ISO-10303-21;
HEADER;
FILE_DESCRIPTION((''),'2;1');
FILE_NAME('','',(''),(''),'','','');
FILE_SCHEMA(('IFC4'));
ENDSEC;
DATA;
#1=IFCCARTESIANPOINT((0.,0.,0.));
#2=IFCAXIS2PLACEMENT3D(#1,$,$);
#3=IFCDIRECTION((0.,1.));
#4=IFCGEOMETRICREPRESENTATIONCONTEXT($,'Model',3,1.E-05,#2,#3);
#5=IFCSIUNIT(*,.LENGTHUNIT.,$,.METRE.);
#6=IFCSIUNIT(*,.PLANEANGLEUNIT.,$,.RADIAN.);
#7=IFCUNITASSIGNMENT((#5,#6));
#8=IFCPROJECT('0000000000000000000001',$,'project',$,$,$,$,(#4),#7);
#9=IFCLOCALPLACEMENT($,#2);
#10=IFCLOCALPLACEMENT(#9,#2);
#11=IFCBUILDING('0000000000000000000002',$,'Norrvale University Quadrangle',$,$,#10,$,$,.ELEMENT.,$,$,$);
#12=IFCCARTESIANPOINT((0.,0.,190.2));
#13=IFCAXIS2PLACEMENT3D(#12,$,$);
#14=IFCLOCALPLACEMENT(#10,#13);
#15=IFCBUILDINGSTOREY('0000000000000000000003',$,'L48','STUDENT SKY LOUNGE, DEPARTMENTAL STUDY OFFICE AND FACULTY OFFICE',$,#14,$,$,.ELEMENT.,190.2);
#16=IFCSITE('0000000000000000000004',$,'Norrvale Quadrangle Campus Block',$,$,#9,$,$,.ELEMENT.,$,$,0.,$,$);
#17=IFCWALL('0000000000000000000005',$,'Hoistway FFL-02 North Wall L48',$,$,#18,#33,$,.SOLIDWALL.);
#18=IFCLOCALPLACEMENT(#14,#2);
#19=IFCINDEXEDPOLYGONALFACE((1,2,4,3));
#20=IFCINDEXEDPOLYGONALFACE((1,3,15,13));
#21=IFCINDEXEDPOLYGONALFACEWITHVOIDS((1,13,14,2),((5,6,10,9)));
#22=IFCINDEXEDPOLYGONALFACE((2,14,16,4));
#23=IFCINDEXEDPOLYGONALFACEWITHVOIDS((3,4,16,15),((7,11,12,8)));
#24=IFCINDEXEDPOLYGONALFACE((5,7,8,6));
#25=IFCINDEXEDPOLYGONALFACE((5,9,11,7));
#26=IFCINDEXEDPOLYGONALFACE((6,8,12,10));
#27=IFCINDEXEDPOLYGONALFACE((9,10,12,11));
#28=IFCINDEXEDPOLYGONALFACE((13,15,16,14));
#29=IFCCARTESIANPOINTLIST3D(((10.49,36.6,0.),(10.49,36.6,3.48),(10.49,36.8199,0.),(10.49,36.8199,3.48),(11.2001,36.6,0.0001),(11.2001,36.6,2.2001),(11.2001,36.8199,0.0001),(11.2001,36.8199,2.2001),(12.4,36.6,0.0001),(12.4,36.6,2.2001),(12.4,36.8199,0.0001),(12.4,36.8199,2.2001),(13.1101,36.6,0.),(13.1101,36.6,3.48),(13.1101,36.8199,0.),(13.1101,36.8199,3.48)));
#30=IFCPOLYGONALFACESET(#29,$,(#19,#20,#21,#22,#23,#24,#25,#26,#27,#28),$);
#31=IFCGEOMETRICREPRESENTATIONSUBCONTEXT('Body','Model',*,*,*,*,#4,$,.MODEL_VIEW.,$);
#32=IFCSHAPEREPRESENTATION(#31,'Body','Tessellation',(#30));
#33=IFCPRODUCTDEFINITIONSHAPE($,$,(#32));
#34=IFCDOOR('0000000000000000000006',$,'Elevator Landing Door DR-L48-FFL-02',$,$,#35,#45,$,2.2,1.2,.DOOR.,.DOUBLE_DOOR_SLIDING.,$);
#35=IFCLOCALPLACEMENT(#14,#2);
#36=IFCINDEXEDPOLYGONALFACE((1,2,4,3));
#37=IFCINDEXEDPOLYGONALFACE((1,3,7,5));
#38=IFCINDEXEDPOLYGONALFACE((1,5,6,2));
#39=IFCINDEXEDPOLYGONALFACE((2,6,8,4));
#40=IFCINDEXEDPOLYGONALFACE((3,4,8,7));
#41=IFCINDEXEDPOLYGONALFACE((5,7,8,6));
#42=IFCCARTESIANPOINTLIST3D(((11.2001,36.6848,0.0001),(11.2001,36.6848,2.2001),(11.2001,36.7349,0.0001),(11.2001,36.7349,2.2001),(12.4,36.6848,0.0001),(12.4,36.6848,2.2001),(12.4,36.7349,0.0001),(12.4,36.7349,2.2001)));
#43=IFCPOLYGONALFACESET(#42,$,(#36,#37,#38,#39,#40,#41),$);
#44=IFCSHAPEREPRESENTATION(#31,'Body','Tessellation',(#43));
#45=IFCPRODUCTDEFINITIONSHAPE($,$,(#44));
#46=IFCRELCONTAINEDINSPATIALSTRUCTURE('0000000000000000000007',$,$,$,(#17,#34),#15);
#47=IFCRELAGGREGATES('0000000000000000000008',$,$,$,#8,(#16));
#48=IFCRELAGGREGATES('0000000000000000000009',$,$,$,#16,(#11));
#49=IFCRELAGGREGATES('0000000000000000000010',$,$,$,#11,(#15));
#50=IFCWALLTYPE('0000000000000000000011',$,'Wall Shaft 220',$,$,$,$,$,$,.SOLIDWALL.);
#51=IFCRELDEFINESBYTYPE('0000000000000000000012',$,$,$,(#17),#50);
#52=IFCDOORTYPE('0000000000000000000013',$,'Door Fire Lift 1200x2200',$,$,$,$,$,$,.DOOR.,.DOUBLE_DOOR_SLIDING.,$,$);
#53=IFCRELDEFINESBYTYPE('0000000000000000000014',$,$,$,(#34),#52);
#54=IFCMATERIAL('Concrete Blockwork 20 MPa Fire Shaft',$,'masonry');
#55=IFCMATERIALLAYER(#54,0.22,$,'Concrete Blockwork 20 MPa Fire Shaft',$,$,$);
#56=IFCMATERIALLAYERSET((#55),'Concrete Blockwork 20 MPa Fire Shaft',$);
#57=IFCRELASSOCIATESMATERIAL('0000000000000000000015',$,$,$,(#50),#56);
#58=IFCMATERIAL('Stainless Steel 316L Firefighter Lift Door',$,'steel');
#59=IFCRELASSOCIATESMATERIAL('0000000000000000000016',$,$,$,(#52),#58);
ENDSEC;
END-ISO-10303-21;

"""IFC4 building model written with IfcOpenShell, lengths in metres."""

from ifc_helpers import new_model, si_unit, direction, frame, frame_2d, origin, place, context, subcontext, project, spatial, rectangle, extrude, material, layer, layer_set, type_object, element, fill, save


model = new_model("IFC4")

# Units and contexts
model_context = context("Model", 3, precision=1e-05, world=origin(), true_north=direction((0.0, 1.0)))
body_context = subcontext(model_context, "Body", "Model", "MODEL_VIEW")
ifc_project = project(units=[si_unit("LENGTHUNIT", "METRE"), si_unit("PLANEANGLEUNIT", "RADIAN")], contexts=[model_context])

# Site, building, storey
site_placement = place(None, origin())
site = spatial("IfcSite", under=ifc_project, at=site_placement, Name="Norrvale Quadrangle Campus Block", CompositionType="ELEMENT", RefElevation=0.0)
building_placement = place(site_placement, origin())
building = spatial("IfcBuilding", under=site, at=building_placement, Name="Norrvale University Quadrangle", CompositionType="ELEMENT")
storey_placement = place(building_placement, frame((0.0, 0.0, 190.2)))
storey = spatial("IfcBuildingStorey", under=building, at=storey_placement, Name="L48", Description="STUDENT SKY LOUNGE, DEPARTMENTAL STUDY OFFICE AND FACULTY OFFICE", CompositionType="ELEMENT", Elevation=190.2)

# Shared definitions
ifc_material_1 = material(Name="Concrete Blockwork 20 MPa Fire Shaft", Category="masonry")
ifc_layer_1 = layer(ifc_material_1, 0.22, Name="Concrete Blockwork 20 MPa Fire Shaft")
ifc_layer_set_1 = layer_set([ifc_layer_1], Name="Concrete Blockwork 20 MPa Fire Shaft")
wall_type_1 = type_object("IfcWallType", Name="Wall Shaft 220", PredefinedType="SOLIDWALL", material=ifc_layer_set_1)

# Wall, opening, door
wall_1_placement = place(storey_placement, frame((10.49, 36.71, 0.0), z_axis=(0.0, 0.0, 1.0), x_axis=(1.0, 0.0, 0.0)))
wall_1 = element("IfcWall", 1, at=wall_1_placement, inside=storey, type_object=wall_type_1, Name="Hoistway FFL-02 North Wall L48", PredefinedType="SOLIDWALL", context=body_context, shape_type="SweptSolid", body=[
    extrude(rectangle(XDim=2.6201, YDim=0.22, at=frame_2d((1.3101, 0.0))), origin(), (0.0, 0.0, 1.0), 3.48),
])
opening_1_placement = place(wall_1_placement, frame((0.71, 0.0, 0.0)))
opening_1 = element("IfcOpeningElement", 2, at=opening_1_placement, cuts=wall_1, PredefinedType="OPENING", context=body_context, shape_type="SweptSolid", body=[
    extrude(rectangle(XDim=1.2, YDim=2.2, at=frame_2d((0.6001, 1.1001))), frame((0.0, 0.1221, 0.0), z_axis=(0.0, -1.0, 0.0), x_axis=(1.0, 0.0, 0.0)), (0.0, 0.0, 1.0), 0.2439),
])
ifc_material_2 = material(Name="Stainless Steel 316L Firefighter Lift Door", Category="steel")
door_type_1 = type_object("IfcDoorType", Name="Door Fire Lift 1200x2200", OperationType="DOUBLE_DOOR_SLIDING", PredefinedType="DOOR", material=ifc_material_2)
door_1_placement = place(opening_1_placement, origin())
door_1 = element("IfcDoor", 3, at=door_1_placement, inside=storey, type_object=door_type_1, Name="Elevator Landing Door DR-L48-FFL-02", OperationType="DOUBLE_DOOR_SLIDING", OverallHeight=2.2, OverallWidth=1.2, PredefinedType="DOOR", context=body_context, shape_type="SweptSolid", body=[
    extrude(rectangle(XDim=1.2, YDim=2.2, at=frame_2d((0.6001, 1.1001))), frame((0.0, 0.0249, 0.0), z_axis=(0.0, -1.0, 0.0), x_axis=(1.0, 0.0, 0.0)), (0.0, 0.0, 1.0), 0.05),
])
fill(opening_1, door_1)

save(model, "model.ifc")
